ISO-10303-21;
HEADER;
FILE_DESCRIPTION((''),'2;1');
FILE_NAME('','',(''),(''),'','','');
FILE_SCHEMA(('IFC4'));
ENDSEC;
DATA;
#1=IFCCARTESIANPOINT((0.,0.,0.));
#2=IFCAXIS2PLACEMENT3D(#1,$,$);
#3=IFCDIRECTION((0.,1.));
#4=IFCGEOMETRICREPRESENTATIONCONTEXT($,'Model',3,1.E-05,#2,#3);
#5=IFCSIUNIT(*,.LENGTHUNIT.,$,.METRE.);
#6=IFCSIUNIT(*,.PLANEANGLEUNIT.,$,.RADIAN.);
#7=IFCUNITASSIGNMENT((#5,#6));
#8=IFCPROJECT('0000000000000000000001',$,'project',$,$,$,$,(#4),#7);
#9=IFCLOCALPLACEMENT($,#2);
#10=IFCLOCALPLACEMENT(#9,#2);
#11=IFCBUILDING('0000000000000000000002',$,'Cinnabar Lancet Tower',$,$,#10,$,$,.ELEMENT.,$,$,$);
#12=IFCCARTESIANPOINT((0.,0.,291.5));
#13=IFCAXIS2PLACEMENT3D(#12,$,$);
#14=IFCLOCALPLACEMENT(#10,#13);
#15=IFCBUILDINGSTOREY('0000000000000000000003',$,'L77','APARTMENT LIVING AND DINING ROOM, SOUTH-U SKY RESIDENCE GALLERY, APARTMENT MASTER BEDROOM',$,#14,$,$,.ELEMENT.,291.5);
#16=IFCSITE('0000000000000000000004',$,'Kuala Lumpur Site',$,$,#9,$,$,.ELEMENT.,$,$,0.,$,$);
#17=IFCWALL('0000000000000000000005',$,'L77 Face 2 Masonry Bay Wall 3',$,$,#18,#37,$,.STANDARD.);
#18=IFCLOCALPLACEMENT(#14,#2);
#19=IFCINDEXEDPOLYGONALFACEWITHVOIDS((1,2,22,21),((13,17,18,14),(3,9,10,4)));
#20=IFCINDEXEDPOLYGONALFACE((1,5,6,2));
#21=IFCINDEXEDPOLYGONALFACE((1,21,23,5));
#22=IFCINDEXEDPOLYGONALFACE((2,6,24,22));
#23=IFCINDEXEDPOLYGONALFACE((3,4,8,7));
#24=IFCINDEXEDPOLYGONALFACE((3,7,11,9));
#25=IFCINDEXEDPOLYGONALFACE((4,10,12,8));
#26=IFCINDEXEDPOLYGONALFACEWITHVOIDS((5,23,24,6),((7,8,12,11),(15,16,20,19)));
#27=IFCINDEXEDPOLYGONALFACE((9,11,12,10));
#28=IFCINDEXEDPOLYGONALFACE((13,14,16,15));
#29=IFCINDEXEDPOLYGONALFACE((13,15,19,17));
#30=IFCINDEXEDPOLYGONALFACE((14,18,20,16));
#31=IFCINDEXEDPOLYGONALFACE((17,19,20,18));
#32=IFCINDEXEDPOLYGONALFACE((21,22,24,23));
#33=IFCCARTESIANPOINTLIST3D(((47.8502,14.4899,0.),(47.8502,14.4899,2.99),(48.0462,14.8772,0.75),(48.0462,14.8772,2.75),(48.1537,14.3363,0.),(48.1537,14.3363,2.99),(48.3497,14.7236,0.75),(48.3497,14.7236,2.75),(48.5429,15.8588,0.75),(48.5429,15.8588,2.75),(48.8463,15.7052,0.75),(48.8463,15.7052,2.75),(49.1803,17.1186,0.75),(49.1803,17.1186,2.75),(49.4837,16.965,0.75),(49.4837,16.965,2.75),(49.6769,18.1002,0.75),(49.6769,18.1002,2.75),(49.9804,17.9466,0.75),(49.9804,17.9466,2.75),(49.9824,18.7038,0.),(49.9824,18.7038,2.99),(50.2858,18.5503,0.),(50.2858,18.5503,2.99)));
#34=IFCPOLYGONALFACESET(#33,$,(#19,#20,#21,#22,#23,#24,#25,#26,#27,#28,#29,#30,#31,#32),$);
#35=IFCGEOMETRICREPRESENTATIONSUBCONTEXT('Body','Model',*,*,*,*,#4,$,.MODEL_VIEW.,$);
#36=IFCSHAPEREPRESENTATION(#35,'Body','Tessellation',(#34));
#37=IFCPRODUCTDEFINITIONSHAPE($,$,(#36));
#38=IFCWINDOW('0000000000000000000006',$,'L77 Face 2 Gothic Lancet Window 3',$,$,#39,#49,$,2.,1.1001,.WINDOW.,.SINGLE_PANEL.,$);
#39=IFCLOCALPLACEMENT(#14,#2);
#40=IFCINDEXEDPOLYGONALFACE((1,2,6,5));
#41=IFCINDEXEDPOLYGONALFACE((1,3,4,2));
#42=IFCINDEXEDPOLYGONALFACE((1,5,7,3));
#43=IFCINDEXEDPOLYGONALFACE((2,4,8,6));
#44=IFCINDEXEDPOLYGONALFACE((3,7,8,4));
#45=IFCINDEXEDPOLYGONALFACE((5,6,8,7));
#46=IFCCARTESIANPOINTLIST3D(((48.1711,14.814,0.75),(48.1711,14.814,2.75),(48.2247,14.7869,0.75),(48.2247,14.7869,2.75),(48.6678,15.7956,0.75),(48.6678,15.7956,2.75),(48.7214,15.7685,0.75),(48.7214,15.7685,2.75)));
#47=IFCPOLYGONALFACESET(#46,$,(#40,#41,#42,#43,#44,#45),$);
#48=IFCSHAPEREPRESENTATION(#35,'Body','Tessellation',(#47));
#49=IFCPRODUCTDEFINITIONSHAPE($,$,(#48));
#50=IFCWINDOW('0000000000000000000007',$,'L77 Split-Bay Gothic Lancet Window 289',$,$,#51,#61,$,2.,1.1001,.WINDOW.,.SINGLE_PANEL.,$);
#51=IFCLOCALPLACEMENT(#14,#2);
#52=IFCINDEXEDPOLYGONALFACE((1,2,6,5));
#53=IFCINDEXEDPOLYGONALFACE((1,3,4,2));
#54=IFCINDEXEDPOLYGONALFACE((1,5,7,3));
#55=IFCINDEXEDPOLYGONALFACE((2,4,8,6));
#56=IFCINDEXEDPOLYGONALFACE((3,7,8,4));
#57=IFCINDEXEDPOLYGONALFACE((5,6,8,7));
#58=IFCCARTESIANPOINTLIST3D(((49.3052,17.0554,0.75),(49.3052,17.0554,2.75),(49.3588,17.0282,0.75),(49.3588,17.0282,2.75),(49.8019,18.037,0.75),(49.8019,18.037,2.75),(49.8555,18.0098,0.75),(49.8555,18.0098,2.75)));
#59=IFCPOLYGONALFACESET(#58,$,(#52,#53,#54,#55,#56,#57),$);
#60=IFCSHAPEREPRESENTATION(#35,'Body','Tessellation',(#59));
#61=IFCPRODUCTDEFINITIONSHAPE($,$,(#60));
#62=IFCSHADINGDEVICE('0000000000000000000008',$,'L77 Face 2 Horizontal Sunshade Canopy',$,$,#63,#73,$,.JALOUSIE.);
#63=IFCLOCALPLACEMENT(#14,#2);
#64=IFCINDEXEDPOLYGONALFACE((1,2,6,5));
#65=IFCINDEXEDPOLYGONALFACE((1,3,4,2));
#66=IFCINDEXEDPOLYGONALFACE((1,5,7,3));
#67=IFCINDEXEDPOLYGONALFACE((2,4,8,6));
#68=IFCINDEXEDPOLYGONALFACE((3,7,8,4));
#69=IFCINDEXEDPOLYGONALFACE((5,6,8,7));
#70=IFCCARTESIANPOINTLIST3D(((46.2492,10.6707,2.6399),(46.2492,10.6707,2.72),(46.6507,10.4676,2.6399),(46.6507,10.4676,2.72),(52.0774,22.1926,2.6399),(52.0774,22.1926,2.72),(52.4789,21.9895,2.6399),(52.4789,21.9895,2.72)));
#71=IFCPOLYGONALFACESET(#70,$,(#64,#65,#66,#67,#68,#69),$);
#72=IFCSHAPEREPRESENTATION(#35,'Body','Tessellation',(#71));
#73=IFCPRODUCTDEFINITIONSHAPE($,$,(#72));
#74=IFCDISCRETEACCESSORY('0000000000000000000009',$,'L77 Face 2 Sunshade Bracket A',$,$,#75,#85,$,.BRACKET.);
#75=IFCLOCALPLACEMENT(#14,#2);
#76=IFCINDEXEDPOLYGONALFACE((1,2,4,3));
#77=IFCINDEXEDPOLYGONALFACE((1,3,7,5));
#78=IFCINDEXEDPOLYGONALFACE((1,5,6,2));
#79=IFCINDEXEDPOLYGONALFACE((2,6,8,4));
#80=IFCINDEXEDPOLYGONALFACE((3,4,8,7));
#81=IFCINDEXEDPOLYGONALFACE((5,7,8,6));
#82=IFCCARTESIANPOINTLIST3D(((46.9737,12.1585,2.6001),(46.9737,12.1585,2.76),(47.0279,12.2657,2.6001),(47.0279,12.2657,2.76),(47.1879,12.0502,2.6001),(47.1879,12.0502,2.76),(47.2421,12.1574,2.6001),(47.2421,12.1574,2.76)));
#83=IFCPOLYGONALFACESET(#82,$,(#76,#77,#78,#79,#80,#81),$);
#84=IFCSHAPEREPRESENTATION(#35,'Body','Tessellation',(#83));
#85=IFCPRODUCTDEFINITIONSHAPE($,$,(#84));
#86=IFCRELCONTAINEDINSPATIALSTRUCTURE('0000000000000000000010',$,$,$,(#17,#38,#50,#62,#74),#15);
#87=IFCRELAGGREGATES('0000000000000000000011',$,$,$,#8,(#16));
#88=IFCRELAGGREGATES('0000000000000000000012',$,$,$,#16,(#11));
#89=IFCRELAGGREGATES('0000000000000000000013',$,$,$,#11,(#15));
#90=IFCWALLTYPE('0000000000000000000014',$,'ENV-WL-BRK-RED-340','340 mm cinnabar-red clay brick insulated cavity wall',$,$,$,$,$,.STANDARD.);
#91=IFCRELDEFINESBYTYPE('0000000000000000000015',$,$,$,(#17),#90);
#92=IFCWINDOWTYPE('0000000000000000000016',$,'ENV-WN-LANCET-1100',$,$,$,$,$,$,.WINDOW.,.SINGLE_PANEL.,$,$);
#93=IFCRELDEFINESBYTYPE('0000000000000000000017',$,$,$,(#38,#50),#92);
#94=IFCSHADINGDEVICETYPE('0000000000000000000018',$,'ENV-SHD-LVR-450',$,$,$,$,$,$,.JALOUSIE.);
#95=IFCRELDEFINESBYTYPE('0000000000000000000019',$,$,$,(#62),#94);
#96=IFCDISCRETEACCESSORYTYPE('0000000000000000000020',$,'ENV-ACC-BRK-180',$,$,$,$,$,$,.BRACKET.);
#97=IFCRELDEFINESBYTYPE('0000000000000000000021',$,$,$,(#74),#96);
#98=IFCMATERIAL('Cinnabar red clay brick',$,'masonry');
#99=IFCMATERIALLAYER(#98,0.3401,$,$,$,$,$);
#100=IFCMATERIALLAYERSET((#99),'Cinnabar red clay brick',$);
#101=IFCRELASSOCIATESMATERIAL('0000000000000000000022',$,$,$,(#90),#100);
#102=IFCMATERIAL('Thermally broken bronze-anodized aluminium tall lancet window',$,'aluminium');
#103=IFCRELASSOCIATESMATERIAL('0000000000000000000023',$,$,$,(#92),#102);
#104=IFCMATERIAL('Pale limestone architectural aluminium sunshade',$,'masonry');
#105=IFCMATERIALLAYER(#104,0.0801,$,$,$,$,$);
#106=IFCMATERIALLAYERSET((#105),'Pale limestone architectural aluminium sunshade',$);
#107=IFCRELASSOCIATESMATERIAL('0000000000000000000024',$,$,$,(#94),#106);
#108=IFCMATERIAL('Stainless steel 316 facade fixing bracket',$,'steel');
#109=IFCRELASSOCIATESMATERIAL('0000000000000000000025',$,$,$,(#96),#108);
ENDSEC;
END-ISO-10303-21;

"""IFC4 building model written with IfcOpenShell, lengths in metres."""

from ifc_helpers import new_model, si_unit, direction, frame, frame_2d, origin, origin_2d, place, context, subcontext, project, spatial, rectangle, extrude, material, layer, layer_set, type_object, element, fill, save


model = new_model("IFC4")

# Units and contexts
model_context = context("Model", 3, precision=1e-05, world=origin(), true_north=direction((0.0, 1.0)))
body_context = subcontext(model_context, "Body", "Model", "MODEL_VIEW")
ifc_project = project(units=[si_unit("LENGTHUNIT", "METRE"), si_unit("PLANEANGLEUNIT", "RADIAN")], contexts=[model_context])

# Site, building, storey
site_placement = place(None, origin())
site = spatial("IfcSite", under=ifc_project, at=site_placement, Name="Kuala Lumpur Site", CompositionType="ELEMENT", RefElevation=0.0)
building_placement = place(site_placement, origin())
building = spatial("IfcBuilding", under=site, at=building_placement, Name="Cinnabar Lancet Tower", CompositionType="ELEMENT")
storey_placement = place(building_placement, frame((0.0, 0.0, 291.5)))
storey = spatial("IfcBuildingStorey", under=building, at=storey_placement, Name="L77", Description="APARTMENT LIVING AND DINING ROOM, SOUTH-U SKY RESIDENCE GALLERY, APARTMENT MASTER BEDROOM", CompositionType="ELEMENT", Elevation=291.5)

# Shared definitions
ifc_material_1 = material(Name="Cinnabar red clay brick", Category="masonry")
ifc_layer_1 = layer(ifc_material_1, 0.3401)
ifc_layer_set_1 = layer_set([ifc_layer_1], Name="Cinnabar red clay brick")
wall_type_1 = type_object("IfcWallType", Name="ENV-WL-BRK-RED-340", Description="340 mm cinnabar-red clay brick insulated cavity wall", PredefinedType="STANDARD", material=ifc_layer_set_1)

# Shared definitions
ifc_material_2 = material(Name="Thermally broken bronze-anodized aluminium tall lancet window", Category="aluminium")
window_type = type_object("IfcWindowType", Name="ENV-WN-LANCET-1100", PartitioningType="SINGLE_PANEL", PredefinedType="WINDOW", material=ifc_material_2)

# Wall, openings, windows
wall_1_placement = place(storey_placement, frame((48.002, 14.4131, 0.0), z_axis=(0.0, 0.0, 1.0), x_axis=(0.451468, 0.892287, 0.0)))
wall_1 = element("IfcWall", 1, at=wall_1_placement, inside=storey, type_object=wall_type_1, Name="L77 Face 2 Masonry Bay Wall 3", PredefinedType="STANDARD", context=body_context, shape_type="SweptSolid", body=[
    extrude(rectangle(XDim=4.7227, YDim=0.3401, at=frame_2d((2.3613, 0.0))), origin(), (0.0, 0.0, 1.0), 2.99),
])
opening_1_placement = place(wall_1_placement, frame((0.4341, 0.0, 0.75)))
opening_1 = element("IfcOpeningElement", 2, at=opening_1_placement, cuts=wall_1, PredefinedType="OPENING", context=body_context, shape_type="SweptSolid", body=[
    extrude(rectangle(XDim=1.1001, YDim=2.0, at=frame_2d((0.55, 1.0))), frame((0.0, 0.1799, 0.0), z_axis=(0.0, -1.0, 0.0), x_axis=(1.0, 0.0, 0.0)), (0.0, 0.0, 1.0), 0.3601),
])
opening_2_placement = place(wall_1_placement, frame((2.946, 0.0, 0.75)))
opening_2 = element("IfcOpeningElement", 3, at=opening_2_placement, cuts=wall_1, PredefinedType="OPENING", context=body_context, shape_type="SweptSolid", body=[
    extrude(rectangle(XDim=1.1001, YDim=2.0, at=frame_2d((0.55, 1.0))), frame((0.0, 0.1799, 0.0), z_axis=(0.0, -1.0, 0.0), x_axis=(1.0, 0.0, 0.0)), (0.0, 0.0, 1.0), 0.3601),
])
window_1_placement = place(opening_1_placement, origin())
window_1 = element("IfcWindow", 4, at=window_1_placement, inside=storey, type_object=window_type, Name="L77 Face 2 Gothic Lancet Window 3", OverallHeight=2.0, OverallWidth=1.1001, PartitioningType="SINGLE_PANEL", PredefinedType="WINDOW", context=body_context, shape_type="SweptSolid", body=[
    extrude(rectangle(XDim=1.1001, YDim=2.0, at=frame_2d((0.55, 1.0))), frame((0.0, 0.03, 0.0), z_axis=(0.0, -1.0, 0.0), x_axis=(1.0, 0.0, 0.0)), (0.0, 0.0, 1.0), 0.0601),
])
fill(opening_1, window_1)
window_2_placement = place(opening_2_placement, origin())
window_2 = element("IfcWindow", 5, at=window_2_placement, inside=storey, type_object=window_type, Name="L77 Split-Bay Gothic Lancet Window 289", OverallHeight=2.0, OverallWidth=1.1001, PartitioningType="SINGLE_PANEL", PredefinedType="WINDOW", context=body_context, shape_type="SweptSolid", body=[
    extrude(rectangle(XDim=1.1001, YDim=2.0, at=frame_2d((0.55, 1.0))), frame((0.0, 0.03, 0.0), z_axis=(0.0, -1.0, 0.0), x_axis=(1.0, 0.0, 0.0)), (0.0, 0.0, 1.0), 0.0601),
])
fill(opening_2, window_2)

# Shading device
ifc_material_3 = material(Name="Pale limestone architectural aluminium sunshade", Category="masonry")
ifc_layer_2 = layer(ifc_material_3, 0.0801)
ifc_layer_set_2 = layer_set([ifc_layer_2], Name="Pale limestone architectural aluminium sunshade")
shading_device_type = type_object("IfcShadingDeviceType", Name="ENV-SHD-LVR-450", PredefinedType="JALOUSIE", material=ifc_layer_set_2)
shading_device_placement = place(storey_placement, frame((49.364, 16.3301, 2.6399), z_axis=(0.0, 0.0, 1.0), x_axis=(0.451376, 0.892334, 0.0)))
element("IfcShadingDevice", 6, at=shading_device_placement, inside=storey, type_object=shading_device_type, Name="L77 Face 2 Horizontal Sunshade Canopy", PredefinedType="JALOUSIE", context=body_context, shape_type="SweptSolid", body=[
    extrude(rectangle(XDim=12.9121, YDim=0.45, at=origin_2d()), origin(), (0.0, 0.0, 1.0), 0.0801),
])

# Discrete accessory
ifc_material_4 = material(Name="Stainless steel 316 facade fixing bracket", Category="steel")
discrete_accessory_type = type_object("IfcDiscreteAccessoryType", Name="ENV-ACC-BRK-180", PredefinedType="BRACKET", material=ifc_material_4)
discrete_accessory_placement = place(storey_placement, frame((47.1079, 12.158, 2.6001), z_axis=(0.0, 0.0, 1.0), x_axis=(0.451376, 0.892334, 0.0)))
element("IfcDiscreteAccessory", 7, at=discrete_accessory_placement, inside=storey, type_object=discrete_accessory_type, Name="L77 Face 2 Sunshade Bracket A", PredefinedType="BRACKET", context=body_context, shape_type="SweptSolid", body=[
    extrude(rectangle(XDim=0.1201, YDim=0.24, at=origin_2d()), origin(), (0.0, 0.0, 1.0), 0.1599),
])

save(model, "model.ifc")
